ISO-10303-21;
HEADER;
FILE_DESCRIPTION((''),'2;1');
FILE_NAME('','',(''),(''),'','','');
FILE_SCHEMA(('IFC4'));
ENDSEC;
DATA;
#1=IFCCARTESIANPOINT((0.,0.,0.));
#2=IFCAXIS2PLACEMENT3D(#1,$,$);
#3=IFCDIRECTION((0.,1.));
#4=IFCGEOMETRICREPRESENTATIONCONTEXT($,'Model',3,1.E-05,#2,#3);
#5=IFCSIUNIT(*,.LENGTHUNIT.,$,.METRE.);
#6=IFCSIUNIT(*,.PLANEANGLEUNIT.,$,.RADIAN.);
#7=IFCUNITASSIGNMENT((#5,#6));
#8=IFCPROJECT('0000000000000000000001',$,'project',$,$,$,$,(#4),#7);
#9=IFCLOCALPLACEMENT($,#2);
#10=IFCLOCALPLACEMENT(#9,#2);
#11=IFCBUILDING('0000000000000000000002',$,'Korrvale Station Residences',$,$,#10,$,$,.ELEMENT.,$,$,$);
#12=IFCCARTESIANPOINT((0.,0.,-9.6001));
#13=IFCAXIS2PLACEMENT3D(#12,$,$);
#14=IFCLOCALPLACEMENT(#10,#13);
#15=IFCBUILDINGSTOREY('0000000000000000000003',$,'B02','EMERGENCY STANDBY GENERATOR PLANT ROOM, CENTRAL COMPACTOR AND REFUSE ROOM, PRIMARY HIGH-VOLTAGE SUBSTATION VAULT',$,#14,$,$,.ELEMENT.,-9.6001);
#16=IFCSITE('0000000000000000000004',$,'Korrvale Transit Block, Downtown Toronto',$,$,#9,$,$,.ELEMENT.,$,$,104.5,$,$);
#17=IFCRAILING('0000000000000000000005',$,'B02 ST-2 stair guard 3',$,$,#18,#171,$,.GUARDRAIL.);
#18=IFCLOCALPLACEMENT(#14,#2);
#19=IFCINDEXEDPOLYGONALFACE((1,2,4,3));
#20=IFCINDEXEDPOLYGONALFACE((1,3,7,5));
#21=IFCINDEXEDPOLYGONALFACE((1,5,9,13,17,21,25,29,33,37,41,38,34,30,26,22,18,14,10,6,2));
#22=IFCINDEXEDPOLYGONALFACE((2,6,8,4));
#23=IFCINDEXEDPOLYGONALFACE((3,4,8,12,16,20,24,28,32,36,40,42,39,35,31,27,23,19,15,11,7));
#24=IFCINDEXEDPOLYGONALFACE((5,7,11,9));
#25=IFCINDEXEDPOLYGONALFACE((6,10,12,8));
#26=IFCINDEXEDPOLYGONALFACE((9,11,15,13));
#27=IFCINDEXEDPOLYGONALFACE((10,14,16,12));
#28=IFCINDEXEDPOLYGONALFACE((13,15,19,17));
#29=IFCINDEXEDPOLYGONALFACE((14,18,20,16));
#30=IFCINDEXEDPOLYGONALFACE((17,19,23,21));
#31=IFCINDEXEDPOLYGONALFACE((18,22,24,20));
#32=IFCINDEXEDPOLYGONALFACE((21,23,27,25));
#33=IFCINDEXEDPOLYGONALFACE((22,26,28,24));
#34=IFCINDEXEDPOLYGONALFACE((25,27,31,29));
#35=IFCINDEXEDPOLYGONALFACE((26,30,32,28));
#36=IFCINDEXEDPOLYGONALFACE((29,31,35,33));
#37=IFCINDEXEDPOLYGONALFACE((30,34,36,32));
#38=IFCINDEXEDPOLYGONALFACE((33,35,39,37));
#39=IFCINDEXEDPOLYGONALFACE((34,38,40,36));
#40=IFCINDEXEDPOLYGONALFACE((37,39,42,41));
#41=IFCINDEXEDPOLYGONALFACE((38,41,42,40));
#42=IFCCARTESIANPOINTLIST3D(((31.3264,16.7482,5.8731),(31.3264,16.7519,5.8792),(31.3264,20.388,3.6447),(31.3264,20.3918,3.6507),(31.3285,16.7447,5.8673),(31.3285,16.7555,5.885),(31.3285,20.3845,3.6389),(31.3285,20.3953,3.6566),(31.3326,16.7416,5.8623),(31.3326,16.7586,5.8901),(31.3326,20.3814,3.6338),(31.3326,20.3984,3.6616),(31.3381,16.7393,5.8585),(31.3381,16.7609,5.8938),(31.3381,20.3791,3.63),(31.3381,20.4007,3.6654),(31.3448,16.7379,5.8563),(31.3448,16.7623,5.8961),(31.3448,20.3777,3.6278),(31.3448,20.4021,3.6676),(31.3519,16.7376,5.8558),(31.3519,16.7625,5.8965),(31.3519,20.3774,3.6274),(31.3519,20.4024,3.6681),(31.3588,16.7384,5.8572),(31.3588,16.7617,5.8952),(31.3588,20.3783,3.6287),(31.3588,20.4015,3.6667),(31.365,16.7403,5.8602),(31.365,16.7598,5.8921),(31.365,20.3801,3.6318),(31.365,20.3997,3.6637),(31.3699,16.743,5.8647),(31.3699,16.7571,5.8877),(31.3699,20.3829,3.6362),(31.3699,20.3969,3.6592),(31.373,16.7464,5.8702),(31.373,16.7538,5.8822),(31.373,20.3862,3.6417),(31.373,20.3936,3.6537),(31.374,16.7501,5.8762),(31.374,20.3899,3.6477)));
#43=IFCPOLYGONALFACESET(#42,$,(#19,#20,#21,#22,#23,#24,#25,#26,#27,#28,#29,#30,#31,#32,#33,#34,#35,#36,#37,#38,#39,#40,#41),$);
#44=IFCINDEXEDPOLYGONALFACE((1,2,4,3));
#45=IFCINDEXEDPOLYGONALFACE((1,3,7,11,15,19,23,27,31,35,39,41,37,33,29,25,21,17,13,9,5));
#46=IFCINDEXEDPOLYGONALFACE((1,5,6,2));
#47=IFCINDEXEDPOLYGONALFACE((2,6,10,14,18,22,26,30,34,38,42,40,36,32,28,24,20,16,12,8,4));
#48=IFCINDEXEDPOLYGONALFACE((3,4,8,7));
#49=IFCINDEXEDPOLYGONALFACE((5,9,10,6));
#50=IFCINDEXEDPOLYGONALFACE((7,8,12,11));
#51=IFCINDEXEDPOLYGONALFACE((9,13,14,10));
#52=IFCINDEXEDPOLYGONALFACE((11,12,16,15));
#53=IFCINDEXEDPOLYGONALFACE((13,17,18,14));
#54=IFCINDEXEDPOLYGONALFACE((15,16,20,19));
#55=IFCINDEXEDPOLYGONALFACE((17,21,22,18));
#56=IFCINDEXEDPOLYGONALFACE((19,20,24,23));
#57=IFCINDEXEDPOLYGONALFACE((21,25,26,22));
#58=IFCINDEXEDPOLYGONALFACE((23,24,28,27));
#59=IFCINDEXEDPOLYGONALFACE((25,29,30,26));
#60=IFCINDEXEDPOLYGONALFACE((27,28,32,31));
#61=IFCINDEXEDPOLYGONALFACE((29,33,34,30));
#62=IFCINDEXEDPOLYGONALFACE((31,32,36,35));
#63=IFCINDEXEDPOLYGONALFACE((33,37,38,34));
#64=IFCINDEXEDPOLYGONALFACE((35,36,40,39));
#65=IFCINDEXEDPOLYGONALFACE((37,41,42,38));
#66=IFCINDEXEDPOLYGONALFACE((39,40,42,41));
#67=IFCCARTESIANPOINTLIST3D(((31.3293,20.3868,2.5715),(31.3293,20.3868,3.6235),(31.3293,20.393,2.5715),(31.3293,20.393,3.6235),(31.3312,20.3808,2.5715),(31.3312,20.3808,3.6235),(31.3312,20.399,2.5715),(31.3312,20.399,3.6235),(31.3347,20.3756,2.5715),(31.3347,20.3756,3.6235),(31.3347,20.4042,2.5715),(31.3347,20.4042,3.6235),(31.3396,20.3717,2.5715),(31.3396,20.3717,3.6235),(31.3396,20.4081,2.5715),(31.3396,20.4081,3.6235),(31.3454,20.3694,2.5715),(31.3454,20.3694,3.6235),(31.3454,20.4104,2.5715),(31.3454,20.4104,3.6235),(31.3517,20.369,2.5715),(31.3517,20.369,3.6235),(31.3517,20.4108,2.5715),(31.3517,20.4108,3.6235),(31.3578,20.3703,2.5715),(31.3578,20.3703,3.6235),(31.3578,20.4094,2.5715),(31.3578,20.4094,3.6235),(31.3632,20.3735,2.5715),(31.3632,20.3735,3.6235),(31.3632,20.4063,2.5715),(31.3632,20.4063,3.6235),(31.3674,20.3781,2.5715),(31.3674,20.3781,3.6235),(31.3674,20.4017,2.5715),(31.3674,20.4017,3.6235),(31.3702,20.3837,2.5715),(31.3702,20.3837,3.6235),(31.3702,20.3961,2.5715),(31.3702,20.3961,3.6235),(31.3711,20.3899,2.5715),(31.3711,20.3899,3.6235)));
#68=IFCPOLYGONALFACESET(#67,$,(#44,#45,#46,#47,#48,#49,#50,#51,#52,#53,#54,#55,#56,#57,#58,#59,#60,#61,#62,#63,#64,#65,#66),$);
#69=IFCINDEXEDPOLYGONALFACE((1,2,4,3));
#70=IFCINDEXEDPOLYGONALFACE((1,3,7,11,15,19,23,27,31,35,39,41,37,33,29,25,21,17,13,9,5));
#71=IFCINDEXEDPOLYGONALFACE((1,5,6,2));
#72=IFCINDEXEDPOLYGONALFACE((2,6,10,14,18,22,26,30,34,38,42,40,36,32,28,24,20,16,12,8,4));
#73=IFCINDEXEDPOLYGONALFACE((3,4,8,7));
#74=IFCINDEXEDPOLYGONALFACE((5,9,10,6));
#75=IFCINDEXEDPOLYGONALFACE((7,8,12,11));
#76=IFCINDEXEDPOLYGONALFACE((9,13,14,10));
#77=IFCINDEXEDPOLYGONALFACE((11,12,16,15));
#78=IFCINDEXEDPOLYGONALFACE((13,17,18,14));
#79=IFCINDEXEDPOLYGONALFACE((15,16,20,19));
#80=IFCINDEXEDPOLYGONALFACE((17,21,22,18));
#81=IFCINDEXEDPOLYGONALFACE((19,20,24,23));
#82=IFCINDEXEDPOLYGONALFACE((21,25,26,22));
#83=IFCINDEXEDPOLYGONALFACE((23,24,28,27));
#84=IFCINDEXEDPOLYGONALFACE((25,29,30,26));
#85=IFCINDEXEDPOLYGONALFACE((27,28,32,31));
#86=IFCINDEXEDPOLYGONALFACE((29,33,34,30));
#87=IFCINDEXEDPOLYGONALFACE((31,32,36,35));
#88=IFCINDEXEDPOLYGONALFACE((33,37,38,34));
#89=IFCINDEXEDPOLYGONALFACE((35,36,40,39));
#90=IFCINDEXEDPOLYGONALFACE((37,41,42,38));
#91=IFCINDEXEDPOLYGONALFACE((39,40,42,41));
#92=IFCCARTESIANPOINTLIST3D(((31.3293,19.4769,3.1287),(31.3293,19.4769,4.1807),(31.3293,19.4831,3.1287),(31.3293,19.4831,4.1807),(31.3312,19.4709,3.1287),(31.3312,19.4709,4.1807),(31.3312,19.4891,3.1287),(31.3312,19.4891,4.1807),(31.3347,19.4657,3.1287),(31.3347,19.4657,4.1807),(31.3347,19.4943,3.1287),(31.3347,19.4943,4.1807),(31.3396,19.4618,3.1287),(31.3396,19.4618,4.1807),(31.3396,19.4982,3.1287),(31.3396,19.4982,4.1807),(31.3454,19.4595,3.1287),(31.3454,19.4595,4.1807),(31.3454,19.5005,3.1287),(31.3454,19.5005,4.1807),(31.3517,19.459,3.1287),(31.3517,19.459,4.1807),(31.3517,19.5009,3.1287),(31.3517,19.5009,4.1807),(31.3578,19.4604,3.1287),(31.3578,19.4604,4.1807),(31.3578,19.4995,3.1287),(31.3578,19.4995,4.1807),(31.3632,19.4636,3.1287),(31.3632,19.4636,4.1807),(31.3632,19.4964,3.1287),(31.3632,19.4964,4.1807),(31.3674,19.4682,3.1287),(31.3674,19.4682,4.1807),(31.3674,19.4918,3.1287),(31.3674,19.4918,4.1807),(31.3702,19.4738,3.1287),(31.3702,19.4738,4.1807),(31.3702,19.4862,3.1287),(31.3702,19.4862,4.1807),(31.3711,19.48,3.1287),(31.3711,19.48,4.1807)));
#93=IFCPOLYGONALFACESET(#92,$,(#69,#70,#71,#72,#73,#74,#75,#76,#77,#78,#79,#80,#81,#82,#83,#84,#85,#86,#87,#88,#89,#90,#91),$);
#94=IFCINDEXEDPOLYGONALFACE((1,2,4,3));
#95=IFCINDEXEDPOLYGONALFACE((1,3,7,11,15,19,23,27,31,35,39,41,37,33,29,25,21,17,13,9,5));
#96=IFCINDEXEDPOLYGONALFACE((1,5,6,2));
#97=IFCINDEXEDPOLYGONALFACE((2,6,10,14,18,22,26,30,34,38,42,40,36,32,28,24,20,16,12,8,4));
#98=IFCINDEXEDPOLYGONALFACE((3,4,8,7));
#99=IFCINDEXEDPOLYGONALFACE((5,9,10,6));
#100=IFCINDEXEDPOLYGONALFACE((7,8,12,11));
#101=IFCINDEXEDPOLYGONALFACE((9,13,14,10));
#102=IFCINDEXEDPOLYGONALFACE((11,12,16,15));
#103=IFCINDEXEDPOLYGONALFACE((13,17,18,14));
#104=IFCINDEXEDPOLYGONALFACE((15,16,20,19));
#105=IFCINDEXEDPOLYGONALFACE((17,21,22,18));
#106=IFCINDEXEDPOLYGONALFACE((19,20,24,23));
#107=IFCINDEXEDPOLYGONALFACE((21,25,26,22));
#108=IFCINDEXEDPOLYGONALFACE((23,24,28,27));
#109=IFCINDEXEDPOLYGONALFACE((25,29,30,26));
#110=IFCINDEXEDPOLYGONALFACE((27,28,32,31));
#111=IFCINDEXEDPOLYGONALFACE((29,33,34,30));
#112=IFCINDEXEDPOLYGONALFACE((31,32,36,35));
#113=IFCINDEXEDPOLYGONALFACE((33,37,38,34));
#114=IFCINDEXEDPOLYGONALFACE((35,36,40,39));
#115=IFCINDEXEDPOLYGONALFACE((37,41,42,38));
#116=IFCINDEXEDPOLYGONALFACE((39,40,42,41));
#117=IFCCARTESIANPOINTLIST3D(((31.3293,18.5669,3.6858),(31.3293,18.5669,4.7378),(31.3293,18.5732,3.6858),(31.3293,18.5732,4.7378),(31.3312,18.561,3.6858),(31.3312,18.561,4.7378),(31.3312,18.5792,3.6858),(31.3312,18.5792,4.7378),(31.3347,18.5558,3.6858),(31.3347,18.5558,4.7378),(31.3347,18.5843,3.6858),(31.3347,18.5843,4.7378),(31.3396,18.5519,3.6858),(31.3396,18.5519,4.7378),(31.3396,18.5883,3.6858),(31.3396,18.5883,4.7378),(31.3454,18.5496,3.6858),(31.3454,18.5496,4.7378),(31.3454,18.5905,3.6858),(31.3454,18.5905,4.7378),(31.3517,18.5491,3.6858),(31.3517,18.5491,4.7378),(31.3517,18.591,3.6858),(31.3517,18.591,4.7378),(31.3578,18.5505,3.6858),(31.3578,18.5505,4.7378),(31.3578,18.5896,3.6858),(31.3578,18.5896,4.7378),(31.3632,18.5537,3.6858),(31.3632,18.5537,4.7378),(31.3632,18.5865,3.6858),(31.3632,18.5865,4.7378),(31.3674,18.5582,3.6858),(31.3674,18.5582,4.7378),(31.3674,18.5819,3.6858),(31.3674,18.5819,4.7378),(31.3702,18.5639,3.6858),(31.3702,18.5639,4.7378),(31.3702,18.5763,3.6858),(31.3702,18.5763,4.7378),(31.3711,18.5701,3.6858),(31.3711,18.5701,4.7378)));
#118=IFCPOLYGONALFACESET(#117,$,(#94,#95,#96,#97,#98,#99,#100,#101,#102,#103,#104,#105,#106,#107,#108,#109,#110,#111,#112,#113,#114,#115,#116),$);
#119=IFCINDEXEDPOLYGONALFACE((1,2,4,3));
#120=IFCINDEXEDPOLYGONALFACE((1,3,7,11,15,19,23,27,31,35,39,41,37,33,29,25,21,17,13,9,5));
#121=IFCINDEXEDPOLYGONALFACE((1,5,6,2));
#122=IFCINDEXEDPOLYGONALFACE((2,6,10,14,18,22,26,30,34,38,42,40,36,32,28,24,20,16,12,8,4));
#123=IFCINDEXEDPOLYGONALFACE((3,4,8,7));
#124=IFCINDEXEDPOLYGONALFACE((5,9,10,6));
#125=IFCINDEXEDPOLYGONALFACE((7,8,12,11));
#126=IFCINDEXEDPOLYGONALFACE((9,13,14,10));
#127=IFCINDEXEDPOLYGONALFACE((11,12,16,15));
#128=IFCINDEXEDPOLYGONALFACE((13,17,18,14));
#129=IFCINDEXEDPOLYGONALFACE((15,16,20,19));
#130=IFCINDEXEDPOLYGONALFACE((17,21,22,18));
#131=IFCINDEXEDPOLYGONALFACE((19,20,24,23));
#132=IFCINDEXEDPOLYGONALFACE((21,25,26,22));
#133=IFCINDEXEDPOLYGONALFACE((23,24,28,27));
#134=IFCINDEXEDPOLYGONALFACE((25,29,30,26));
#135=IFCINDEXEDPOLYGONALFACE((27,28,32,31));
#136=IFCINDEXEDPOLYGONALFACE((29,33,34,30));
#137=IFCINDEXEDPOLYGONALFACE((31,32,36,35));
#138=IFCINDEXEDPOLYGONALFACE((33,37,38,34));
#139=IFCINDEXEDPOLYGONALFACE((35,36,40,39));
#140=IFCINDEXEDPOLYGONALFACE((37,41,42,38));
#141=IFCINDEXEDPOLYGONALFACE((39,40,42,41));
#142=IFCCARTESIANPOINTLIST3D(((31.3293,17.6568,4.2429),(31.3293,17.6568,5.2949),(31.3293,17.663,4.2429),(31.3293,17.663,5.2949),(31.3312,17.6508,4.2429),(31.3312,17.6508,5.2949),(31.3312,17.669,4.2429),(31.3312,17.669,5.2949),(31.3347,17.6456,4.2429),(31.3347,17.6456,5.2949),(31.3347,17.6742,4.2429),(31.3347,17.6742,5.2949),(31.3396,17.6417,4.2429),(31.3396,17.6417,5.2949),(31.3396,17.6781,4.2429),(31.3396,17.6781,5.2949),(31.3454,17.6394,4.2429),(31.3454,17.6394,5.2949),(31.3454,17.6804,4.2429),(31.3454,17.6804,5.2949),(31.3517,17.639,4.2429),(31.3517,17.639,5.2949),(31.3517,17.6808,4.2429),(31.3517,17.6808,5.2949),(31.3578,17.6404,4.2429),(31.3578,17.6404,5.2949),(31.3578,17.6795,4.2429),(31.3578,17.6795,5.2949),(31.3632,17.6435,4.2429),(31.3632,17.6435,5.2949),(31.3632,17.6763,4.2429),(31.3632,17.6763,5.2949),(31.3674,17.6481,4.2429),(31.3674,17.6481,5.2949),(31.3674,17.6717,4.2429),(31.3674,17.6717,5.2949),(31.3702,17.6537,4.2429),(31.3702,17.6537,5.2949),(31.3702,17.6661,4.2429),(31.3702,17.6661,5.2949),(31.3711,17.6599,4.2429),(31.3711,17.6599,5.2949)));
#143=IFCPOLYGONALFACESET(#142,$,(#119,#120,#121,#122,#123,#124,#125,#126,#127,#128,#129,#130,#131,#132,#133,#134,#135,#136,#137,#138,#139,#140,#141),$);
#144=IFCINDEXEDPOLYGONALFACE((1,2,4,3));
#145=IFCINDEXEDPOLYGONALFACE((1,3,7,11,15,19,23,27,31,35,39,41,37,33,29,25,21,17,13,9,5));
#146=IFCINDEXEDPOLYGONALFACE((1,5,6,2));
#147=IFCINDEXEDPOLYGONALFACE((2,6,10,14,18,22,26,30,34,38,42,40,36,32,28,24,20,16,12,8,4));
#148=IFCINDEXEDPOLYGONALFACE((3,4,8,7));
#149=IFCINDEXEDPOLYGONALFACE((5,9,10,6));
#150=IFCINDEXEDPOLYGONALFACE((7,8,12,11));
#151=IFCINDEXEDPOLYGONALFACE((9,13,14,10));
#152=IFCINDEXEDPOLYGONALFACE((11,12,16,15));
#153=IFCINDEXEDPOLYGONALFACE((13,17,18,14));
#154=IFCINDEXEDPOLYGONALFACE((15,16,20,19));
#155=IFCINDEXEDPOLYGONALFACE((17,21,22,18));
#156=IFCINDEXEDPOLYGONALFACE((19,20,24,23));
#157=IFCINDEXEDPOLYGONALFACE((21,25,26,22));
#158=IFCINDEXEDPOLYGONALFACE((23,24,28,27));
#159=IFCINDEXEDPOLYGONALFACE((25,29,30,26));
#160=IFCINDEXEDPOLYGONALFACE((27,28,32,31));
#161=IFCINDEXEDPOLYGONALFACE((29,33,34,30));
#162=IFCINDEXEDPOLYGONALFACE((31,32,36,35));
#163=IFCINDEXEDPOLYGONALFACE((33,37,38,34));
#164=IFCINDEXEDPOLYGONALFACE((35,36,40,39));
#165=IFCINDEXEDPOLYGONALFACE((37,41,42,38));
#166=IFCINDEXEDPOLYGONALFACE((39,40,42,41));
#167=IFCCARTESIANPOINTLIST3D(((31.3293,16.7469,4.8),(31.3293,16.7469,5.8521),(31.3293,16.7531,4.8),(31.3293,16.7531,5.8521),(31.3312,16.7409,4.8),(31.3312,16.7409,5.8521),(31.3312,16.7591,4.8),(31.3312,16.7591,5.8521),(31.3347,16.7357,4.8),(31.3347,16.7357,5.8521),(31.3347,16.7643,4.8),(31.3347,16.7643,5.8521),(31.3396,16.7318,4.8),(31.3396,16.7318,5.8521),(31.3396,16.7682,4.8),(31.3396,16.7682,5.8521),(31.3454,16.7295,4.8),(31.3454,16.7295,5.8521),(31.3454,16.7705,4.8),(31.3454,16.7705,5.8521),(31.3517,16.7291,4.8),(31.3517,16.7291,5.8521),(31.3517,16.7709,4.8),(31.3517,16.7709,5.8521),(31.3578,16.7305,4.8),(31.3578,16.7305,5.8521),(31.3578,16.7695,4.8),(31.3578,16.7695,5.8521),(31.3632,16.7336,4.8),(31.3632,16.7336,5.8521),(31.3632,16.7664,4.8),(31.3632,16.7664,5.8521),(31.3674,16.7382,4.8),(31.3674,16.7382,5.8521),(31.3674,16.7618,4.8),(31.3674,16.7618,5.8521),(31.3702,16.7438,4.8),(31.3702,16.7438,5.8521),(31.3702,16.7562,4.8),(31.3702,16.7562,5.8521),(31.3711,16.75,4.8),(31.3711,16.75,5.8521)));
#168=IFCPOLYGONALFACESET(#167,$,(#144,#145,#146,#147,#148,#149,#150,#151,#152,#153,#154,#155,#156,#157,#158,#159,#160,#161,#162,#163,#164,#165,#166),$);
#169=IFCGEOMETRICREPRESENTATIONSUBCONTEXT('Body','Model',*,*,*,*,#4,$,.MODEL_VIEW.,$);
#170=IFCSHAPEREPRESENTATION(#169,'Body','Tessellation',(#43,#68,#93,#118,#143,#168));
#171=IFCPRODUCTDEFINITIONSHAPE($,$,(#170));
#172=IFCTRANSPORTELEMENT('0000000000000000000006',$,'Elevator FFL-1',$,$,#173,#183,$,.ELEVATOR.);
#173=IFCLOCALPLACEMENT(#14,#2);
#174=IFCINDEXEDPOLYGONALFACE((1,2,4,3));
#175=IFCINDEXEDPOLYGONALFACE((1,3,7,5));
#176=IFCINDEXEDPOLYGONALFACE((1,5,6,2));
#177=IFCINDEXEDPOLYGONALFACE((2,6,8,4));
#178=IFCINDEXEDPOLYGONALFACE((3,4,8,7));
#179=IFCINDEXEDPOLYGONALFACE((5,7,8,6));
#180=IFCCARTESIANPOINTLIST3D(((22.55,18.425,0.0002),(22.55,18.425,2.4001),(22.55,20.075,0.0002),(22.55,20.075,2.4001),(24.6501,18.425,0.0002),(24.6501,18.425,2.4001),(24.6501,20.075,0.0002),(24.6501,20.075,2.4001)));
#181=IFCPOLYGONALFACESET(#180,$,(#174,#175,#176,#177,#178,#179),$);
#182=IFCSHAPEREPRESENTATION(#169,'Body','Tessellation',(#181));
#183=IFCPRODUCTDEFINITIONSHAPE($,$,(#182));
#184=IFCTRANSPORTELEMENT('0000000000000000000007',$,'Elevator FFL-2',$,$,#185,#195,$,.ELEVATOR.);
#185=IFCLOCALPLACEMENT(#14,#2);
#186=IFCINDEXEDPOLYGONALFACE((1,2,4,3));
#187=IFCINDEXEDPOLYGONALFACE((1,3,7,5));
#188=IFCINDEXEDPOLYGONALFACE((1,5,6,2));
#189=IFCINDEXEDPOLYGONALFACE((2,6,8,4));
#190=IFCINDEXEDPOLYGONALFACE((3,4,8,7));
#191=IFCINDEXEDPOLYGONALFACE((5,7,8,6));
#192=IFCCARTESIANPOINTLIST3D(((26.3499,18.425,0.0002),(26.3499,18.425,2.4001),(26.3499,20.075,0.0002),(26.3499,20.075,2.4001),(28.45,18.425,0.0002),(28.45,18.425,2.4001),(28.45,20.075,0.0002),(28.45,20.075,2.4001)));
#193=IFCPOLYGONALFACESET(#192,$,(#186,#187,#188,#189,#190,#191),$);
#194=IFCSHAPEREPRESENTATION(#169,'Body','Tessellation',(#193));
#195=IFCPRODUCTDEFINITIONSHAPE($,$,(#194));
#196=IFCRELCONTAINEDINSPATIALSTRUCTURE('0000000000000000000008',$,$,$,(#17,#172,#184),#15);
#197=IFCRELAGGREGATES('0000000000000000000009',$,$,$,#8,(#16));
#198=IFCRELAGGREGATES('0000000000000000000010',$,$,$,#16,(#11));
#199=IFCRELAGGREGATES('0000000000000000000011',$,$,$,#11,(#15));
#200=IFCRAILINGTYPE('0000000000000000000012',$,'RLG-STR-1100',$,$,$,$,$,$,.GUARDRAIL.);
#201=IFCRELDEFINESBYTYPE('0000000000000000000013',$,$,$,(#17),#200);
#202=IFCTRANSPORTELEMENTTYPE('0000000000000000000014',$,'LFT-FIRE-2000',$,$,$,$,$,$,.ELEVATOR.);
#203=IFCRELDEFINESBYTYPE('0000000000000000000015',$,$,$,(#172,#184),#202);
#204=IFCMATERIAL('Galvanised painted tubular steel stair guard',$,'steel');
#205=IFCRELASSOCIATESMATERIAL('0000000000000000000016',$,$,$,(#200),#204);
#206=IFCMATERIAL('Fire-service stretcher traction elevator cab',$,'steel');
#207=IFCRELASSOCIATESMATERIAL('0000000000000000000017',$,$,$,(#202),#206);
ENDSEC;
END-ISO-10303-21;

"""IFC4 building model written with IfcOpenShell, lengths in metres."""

from ifc_helpers import new_model, si_unit, direction, frame, origin, origin_2d, place, context, subcontext, project, spatial, rectangle, circle, extrude, material, type_object, element, save


model = new_model("IFC4")

# Units and contexts
model_context = context("Model", 3, precision=1e-05, world=origin(), true_north=direction((0.0, 1.0)))
body_context = subcontext(model_context, "Body", "Model", "MODEL_VIEW")
ifc_project = project(units=[si_unit("LENGTHUNIT", "METRE"), si_unit("PLANEANGLEUNIT", "RADIAN")], contexts=[model_context])

# Site, building, storey
site_placement = place(None, origin())
site = spatial("IfcSite", under=ifc_project, at=site_placement, Name="Korrvale Transit Block, Downtown Toronto", CompositionType="ELEMENT", RefElevation=104.5)
building_placement = place(site_placement, origin())
building = spatial("IfcBuilding", under=site, at=building_placement, Name="Korrvale Station Residences", CompositionType="ELEMENT")
storey_placement = place(building_placement, frame((0.0, 0.0, -9.6001)))
storey = spatial("IfcBuildingStorey", under=building, at=storey_placement, Name="B02", Description="EMERGENCY STANDBY GENERATOR PLANT ROOM, CENTRAL COMPACTOR AND REFUSE ROOM, PRIMARY HIGH-VOLTAGE SUBSTATION VAULT", CompositionType="ELEMENT", Elevation=-9.6001)

# Railing
ifc_material_1 = material(Name="Galvanised painted tubular steel stair guard", Category="steel")
railing_type_1 = type_object("IfcRailingType", Name="RLG-STR-1100", PredefinedType="GUARDRAIL", material=ifc_material_1)
railing_1_placement = place(storey_placement, frame((31.3501, 20.3899, 2.5715)))
element("IfcRailing", 1, at=railing_1_placement, inside=storey, type_object=railing_type_1, Name="B02 ST-2 stair guard 3", PredefinedType="GUARDRAIL", context=body_context, shape_type="SweptSolid", body=[
    extrude(circle(Radius=0.0239, at=origin_2d()), frame((0.0, 0.0, 1.0762), z_axis=(0.0, -0.85285, 0.522156), x_axis=(1.0, 0.0, 0.0)), (0.0, 0.0, 1.0), 4.2678),
    extrude(circle(Radius=0.021, at=origin_2d()), origin(), (0.0, 0.0, 1.0), 1.052),
    extrude(circle(Radius=0.021, at=origin_2d()), frame((0.0, -0.9099, 0.5571)), (0.0, 0.0, 1.0), 1.052),
    extrude(circle(Radius=0.021, at=origin_2d()), frame((0.0, -1.8198, 1.1143)), (0.0, 0.0, 1.0), 1.052),
    extrude(circle(Radius=0.021, at=origin_2d()), frame((0.0, -2.73, 1.6714)), (0.0, 0.0, 1.0), 1.052),
    extrude(circle(Radius=0.021, at=origin_2d()), frame((0.0, -3.6399, 2.2285)), (0.0, 0.0, 1.0), 1.052),
])

# Transport elements
ifc_material_2 = material(Name="Fire-service stretcher traction elevator cab", Category="steel")
transport_element_type = type_object("IfcTransportElementType", Name="LFT-FIRE-2000", PredefinedType="ELEVATOR", material=ifc_material_2)
for number, where, z_axis, x_axis, name in (
    (2, (23.6001, 19.25, 0.0002), (0.0, 0.0, 1.0), (1.0, 0.0, 0.0), "Elevator FFL-1"),
    (3, (27.3999, 19.25, 0.0002), (0.0, 0.0, 1.0), (1.0, 0.0, 0.0), "Elevator FFL-2"),
):
    element("IfcTransportElement", number, at=place(storey_placement, frame(where, z_axis=z_axis, x_axis=x_axis)), inside=storey, type_object=transport_element_type, Name=name, PredefinedType="ELEVATOR", context=body_context, shape_type="SweptSolid", body=[
        extrude(rectangle(XDim=2.1001, YDim=1.6499, at=origin_2d()), origin(), (0.0, 0.0, 1.0), 2.3999),
    ])

save(model, "model.ifc")
